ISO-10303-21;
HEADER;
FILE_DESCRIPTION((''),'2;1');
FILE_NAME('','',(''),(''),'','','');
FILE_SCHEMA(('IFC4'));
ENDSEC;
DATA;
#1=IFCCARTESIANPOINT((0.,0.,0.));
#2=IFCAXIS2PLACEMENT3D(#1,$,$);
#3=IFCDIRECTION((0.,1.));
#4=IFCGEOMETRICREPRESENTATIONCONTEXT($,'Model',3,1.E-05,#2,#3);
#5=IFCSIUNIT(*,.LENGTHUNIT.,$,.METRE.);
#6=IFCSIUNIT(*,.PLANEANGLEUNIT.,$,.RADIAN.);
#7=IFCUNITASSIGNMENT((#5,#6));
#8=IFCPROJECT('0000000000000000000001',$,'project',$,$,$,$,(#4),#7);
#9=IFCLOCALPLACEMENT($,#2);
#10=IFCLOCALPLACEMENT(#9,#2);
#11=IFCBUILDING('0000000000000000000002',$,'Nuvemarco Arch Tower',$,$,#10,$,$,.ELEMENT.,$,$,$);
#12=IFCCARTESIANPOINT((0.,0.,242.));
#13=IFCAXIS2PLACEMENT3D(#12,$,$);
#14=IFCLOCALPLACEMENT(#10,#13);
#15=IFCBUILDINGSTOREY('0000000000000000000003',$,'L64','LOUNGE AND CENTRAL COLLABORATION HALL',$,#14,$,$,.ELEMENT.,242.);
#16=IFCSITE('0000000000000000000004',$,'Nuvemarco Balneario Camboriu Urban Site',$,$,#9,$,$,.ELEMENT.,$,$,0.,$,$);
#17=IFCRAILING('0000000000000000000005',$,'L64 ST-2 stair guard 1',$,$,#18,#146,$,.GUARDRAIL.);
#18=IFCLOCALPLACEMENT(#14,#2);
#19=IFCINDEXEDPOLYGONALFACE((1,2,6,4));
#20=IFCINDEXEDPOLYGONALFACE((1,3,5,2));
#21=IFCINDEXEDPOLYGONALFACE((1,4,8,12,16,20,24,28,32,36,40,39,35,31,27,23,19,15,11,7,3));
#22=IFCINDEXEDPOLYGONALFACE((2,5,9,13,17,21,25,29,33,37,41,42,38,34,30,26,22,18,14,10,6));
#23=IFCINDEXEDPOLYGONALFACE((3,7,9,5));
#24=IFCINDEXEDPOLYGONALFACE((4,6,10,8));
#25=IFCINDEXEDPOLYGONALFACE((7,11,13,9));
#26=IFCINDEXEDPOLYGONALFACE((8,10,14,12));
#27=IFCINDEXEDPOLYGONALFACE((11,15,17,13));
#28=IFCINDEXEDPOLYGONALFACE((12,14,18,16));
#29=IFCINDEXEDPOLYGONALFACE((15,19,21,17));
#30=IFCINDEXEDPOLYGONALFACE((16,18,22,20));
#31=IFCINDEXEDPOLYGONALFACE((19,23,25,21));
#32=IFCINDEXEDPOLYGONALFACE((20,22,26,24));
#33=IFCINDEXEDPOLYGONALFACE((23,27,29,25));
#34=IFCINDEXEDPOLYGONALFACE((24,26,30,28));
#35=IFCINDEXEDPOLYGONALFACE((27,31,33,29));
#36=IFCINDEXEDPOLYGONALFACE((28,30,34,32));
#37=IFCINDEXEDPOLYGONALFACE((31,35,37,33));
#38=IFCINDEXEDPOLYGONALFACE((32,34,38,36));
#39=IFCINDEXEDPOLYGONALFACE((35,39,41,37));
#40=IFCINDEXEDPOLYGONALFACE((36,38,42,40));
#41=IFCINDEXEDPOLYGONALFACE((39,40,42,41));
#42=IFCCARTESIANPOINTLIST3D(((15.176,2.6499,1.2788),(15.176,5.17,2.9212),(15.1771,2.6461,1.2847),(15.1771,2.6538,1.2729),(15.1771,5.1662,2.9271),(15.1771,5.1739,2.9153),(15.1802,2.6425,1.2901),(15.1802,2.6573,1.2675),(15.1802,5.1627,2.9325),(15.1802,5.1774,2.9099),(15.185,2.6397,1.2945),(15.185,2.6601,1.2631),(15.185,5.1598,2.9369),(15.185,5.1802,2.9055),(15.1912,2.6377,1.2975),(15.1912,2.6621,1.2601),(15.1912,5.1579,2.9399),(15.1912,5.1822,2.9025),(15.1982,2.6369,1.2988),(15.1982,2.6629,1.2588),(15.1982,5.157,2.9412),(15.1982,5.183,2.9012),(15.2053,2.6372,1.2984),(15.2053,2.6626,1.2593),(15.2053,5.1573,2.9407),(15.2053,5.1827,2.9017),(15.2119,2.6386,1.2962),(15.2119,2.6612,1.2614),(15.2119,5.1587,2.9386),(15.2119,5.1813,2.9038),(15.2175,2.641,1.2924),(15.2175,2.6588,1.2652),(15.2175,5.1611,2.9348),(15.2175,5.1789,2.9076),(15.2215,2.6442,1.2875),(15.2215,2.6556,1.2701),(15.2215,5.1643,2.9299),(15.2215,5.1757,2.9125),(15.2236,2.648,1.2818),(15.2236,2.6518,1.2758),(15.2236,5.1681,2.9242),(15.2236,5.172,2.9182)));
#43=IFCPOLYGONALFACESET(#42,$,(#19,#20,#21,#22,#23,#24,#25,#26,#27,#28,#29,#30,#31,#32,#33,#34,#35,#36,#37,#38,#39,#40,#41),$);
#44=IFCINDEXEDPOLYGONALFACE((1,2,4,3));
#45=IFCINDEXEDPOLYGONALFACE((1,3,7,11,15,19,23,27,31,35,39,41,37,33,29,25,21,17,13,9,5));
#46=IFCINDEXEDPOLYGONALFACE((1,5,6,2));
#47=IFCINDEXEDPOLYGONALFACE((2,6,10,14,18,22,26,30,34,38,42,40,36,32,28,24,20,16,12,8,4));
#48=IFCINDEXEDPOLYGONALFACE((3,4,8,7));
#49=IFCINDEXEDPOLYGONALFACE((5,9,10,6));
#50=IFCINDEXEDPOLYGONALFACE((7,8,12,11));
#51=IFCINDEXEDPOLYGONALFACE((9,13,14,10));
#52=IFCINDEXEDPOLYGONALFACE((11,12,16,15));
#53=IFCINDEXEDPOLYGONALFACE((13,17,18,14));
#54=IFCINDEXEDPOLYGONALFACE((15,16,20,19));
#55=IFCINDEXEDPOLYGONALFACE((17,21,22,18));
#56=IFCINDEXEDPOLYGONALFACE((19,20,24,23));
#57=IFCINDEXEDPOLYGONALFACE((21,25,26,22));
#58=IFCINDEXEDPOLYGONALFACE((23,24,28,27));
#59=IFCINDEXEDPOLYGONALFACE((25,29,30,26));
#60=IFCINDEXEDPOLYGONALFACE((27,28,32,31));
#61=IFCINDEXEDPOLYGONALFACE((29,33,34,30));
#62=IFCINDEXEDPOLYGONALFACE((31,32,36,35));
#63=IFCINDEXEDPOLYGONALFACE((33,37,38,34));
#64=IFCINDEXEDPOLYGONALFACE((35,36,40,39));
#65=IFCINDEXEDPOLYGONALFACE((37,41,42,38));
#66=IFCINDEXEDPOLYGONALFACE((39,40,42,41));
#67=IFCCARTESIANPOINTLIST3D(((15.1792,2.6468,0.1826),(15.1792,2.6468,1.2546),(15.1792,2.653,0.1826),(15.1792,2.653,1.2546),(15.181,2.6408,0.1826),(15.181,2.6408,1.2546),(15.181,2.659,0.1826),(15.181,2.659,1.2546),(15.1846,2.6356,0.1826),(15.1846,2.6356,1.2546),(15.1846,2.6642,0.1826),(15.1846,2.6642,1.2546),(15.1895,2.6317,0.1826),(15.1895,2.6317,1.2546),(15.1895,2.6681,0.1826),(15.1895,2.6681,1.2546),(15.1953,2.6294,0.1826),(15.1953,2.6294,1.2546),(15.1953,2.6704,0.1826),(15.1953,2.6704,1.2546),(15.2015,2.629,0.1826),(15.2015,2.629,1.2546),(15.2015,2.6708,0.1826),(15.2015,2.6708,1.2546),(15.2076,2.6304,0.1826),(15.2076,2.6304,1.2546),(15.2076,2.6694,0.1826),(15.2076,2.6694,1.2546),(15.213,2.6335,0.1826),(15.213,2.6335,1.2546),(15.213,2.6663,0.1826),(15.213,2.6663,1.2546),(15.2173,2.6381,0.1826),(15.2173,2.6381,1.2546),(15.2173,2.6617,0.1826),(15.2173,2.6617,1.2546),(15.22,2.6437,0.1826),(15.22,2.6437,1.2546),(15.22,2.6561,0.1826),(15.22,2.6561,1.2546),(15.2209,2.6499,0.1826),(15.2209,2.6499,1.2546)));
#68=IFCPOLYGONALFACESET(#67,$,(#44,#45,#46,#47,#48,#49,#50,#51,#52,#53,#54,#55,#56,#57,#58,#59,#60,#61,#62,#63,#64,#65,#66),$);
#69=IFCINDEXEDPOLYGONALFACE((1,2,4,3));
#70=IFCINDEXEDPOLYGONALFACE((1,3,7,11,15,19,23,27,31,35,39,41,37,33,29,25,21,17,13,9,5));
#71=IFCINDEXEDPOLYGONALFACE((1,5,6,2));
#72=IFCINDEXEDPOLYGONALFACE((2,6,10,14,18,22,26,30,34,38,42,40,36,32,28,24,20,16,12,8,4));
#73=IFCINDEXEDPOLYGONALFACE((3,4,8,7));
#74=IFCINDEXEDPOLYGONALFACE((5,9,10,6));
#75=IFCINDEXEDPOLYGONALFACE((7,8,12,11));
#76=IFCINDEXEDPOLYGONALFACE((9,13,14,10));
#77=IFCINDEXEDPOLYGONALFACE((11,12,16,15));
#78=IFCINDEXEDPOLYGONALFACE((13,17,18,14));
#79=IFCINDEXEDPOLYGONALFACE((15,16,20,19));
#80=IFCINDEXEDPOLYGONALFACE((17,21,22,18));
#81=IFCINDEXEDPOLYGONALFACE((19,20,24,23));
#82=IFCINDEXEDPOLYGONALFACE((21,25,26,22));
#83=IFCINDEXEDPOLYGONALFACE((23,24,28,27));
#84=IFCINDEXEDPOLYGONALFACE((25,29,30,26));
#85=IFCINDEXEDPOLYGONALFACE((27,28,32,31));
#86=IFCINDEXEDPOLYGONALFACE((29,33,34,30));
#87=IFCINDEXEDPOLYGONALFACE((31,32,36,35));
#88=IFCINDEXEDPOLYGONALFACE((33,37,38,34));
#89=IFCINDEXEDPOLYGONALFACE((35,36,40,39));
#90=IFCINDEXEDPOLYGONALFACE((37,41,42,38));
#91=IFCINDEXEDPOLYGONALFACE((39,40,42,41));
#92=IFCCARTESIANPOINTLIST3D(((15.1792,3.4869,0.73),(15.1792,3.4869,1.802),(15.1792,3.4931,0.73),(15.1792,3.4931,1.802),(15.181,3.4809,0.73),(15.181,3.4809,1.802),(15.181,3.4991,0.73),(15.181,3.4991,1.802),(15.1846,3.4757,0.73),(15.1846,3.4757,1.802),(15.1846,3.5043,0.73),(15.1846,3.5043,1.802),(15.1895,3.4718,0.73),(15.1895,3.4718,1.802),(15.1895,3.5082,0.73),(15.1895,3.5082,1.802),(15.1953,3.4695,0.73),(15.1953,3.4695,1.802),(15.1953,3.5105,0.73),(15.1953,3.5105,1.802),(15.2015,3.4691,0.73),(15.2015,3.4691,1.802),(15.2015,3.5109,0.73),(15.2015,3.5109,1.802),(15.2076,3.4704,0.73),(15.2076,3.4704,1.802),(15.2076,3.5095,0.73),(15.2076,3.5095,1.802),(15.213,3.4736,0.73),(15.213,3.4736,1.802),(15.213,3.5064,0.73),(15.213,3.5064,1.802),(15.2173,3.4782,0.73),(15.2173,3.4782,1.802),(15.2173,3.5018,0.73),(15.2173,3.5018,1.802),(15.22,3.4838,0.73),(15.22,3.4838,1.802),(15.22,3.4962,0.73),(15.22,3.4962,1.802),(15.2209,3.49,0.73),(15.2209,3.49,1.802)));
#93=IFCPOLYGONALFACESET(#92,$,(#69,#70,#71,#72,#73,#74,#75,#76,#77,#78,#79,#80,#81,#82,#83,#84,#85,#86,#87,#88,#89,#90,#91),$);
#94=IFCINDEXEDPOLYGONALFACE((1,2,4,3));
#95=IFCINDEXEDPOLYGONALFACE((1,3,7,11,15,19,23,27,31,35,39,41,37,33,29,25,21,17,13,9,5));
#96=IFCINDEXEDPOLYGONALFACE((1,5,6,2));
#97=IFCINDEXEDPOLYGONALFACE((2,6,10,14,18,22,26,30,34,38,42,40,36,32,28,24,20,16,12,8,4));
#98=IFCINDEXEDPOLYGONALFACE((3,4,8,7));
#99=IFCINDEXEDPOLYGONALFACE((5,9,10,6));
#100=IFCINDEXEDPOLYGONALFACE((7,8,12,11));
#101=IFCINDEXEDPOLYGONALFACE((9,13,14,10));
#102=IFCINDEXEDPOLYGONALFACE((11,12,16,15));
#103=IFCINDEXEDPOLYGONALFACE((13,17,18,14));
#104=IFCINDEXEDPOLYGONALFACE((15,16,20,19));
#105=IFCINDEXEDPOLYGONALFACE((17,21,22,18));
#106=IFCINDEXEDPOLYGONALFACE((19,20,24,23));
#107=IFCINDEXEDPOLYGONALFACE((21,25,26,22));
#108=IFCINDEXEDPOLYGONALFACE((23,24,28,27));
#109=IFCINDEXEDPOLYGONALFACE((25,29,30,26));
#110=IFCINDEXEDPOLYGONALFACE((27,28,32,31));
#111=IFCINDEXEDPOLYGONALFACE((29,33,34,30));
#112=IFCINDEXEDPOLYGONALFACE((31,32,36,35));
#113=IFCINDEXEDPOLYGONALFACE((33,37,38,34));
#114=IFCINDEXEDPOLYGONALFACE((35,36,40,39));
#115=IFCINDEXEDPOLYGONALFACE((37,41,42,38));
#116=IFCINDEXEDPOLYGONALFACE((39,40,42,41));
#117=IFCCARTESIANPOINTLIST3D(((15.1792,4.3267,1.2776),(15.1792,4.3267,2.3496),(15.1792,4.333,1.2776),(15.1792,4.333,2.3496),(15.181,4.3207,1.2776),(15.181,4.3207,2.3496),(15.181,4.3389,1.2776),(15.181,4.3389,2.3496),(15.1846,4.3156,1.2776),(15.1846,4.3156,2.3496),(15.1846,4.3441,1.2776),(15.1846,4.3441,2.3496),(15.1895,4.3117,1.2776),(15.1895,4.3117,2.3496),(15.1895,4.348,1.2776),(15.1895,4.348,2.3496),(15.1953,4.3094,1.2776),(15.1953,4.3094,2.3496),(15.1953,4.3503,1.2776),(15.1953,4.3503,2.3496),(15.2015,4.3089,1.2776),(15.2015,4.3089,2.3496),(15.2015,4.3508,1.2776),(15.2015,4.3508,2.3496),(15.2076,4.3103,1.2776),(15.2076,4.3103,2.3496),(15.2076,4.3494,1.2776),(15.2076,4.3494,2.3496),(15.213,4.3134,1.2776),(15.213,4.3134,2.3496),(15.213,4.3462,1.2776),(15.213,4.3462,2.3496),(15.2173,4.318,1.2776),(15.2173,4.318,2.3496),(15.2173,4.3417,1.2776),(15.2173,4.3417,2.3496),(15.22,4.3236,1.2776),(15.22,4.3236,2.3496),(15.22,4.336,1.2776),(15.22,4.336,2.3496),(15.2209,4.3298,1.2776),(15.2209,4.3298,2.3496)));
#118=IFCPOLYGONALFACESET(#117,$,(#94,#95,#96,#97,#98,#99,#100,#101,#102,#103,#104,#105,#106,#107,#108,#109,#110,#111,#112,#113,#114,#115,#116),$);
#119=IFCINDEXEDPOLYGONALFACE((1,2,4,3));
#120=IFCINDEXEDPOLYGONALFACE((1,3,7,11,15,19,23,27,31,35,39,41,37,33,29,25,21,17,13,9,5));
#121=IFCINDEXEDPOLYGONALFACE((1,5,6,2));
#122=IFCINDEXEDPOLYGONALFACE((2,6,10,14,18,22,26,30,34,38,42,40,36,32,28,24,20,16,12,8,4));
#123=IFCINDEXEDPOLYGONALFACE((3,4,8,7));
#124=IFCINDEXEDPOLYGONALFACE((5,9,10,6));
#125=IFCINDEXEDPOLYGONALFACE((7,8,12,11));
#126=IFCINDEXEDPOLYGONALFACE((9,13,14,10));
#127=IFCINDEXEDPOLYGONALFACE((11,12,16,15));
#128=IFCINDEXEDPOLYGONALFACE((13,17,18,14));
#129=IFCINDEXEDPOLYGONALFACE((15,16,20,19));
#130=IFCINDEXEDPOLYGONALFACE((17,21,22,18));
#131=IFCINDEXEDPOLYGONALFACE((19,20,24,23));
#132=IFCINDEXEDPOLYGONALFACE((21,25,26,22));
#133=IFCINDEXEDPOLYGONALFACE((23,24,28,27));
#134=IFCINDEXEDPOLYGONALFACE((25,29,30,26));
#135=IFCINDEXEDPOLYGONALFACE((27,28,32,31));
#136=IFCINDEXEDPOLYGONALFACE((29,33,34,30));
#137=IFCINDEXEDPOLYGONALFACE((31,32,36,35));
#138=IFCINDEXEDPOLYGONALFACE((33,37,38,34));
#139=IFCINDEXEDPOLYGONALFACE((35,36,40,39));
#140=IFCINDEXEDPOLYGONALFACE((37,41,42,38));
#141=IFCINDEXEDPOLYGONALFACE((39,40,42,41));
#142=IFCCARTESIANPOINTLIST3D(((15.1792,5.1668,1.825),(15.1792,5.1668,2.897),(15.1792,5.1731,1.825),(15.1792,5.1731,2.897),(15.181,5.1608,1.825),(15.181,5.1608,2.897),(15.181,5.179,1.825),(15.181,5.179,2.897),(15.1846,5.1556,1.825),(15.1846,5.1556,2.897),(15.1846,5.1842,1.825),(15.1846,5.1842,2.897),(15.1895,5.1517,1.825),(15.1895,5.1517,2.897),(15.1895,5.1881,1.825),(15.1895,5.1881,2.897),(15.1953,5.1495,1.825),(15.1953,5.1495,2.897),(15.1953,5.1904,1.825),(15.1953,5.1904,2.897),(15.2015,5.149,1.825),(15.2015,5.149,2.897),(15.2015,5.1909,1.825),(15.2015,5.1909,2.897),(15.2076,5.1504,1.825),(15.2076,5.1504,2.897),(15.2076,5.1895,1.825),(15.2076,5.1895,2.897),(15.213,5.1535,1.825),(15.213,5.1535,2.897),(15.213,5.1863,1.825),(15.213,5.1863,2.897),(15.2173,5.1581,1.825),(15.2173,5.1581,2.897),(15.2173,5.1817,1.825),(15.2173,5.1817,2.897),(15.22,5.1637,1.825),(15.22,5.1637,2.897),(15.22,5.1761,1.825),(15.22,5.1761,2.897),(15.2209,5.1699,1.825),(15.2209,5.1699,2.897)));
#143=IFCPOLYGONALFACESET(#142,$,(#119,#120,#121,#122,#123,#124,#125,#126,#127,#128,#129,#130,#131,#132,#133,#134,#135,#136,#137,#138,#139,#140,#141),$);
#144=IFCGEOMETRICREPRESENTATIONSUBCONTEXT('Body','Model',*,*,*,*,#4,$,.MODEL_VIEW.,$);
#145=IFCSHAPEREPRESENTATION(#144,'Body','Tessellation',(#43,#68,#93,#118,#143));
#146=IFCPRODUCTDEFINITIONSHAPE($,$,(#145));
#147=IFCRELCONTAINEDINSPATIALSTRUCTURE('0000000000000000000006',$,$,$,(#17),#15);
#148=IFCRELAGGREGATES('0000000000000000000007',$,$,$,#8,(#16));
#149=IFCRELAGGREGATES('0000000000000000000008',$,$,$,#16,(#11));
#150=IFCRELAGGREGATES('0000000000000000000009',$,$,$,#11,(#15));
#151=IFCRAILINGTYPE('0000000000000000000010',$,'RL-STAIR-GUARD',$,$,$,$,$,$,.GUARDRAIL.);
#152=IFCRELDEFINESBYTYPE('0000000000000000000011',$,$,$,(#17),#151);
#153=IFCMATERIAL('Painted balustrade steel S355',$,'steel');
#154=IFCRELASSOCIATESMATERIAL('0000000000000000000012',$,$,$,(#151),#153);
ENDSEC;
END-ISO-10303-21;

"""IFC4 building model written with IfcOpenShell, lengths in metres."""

from ifc_helpers import new_model, si_unit, direction, frame, origin, origin_2d, place, context, subcontext, project, spatial, circle, extrude, material, type_object, element, save


model = new_model("IFC4")

# Units and contexts
model_context = context("Model", 3, precision=1e-05, world=origin(), true_north=direction((0.0, 1.0)))
body_context = subcontext(model_context, "Body", "Model", "MODEL_VIEW")
ifc_project = project(units=[si_unit("LENGTHUNIT", "METRE"), si_unit("PLANEANGLEUNIT", "RADIAN")], contexts=[model_context])

# Site, building, storey
site_placement = place(None, origin())
site = spatial("IfcSite", under=ifc_project, at=site_placement, Name="Nuvemarco Balneario Camboriu Urban Site", CompositionType="ELEMENT", RefElevation=0.0)
building_placement = place(site_placement, origin())
building = spatial("IfcBuilding", under=site, at=building_placement, Name="Nuvemarco Arch Tower", CompositionType="ELEMENT")
storey_placement = place(building_placement, frame((0.0, 0.0, 242.0)))
storey = spatial("IfcBuildingStorey", under=building, at=storey_placement, Name="L64", Description="LOUNGE AND CENTRAL COLLABORATION HALL", CompositionType="ELEMENT", Elevation=242.0)

# Railing
ifc_material_1 = material(Name="Painted balustrade steel S355", Category="steel")
railing_type_1 = type_object("IfcRailingType", Name="RL-STAIR-GUARD", PredefinedType="GUARDRAIL", material=ifc_material_1)
railing_1_placement = place(storey_placement, frame((15.2, 2.6499, 0.1826)))
element("IfcRailing", 1, at=railing_1_placement, inside=storey, type_object=railing_type_1, Name="L64 ST-2 stair guard 1", PredefinedType="GUARDRAIL", context=body_context, shape_type="SweptSolid", body=[
    extrude(circle(Radius=0.0239, at=origin_2d()), frame((0.0, 0.0, 1.0962), z_axis=(0.0, 0.837787, 0.545998), x_axis=(-1.0, 0.0, 0.0)), (0.0, 0.0, 1.0), 3.0081),
    extrude(circle(Radius=0.021, at=origin_2d()), origin(), (0.0, 0.0, 1.0), 1.072),
    extrude(circle(Radius=0.021, at=origin_2d()), frame((0.0, 0.8401, 0.5474)), (0.0, 0.0, 1.0), 1.072),
    extrude(circle(Radius=0.021, at=origin_2d()), frame((0.0, 1.6799, 1.095)), (0.0, 0.0, 1.0), 1.072),
    extrude(circle(Radius=0.021, at=origin_2d()), frame((0.0, 2.52, 1.6423)), (0.0, 0.0, 1.0), 1.072),
])

save(model, "model.ifc")
